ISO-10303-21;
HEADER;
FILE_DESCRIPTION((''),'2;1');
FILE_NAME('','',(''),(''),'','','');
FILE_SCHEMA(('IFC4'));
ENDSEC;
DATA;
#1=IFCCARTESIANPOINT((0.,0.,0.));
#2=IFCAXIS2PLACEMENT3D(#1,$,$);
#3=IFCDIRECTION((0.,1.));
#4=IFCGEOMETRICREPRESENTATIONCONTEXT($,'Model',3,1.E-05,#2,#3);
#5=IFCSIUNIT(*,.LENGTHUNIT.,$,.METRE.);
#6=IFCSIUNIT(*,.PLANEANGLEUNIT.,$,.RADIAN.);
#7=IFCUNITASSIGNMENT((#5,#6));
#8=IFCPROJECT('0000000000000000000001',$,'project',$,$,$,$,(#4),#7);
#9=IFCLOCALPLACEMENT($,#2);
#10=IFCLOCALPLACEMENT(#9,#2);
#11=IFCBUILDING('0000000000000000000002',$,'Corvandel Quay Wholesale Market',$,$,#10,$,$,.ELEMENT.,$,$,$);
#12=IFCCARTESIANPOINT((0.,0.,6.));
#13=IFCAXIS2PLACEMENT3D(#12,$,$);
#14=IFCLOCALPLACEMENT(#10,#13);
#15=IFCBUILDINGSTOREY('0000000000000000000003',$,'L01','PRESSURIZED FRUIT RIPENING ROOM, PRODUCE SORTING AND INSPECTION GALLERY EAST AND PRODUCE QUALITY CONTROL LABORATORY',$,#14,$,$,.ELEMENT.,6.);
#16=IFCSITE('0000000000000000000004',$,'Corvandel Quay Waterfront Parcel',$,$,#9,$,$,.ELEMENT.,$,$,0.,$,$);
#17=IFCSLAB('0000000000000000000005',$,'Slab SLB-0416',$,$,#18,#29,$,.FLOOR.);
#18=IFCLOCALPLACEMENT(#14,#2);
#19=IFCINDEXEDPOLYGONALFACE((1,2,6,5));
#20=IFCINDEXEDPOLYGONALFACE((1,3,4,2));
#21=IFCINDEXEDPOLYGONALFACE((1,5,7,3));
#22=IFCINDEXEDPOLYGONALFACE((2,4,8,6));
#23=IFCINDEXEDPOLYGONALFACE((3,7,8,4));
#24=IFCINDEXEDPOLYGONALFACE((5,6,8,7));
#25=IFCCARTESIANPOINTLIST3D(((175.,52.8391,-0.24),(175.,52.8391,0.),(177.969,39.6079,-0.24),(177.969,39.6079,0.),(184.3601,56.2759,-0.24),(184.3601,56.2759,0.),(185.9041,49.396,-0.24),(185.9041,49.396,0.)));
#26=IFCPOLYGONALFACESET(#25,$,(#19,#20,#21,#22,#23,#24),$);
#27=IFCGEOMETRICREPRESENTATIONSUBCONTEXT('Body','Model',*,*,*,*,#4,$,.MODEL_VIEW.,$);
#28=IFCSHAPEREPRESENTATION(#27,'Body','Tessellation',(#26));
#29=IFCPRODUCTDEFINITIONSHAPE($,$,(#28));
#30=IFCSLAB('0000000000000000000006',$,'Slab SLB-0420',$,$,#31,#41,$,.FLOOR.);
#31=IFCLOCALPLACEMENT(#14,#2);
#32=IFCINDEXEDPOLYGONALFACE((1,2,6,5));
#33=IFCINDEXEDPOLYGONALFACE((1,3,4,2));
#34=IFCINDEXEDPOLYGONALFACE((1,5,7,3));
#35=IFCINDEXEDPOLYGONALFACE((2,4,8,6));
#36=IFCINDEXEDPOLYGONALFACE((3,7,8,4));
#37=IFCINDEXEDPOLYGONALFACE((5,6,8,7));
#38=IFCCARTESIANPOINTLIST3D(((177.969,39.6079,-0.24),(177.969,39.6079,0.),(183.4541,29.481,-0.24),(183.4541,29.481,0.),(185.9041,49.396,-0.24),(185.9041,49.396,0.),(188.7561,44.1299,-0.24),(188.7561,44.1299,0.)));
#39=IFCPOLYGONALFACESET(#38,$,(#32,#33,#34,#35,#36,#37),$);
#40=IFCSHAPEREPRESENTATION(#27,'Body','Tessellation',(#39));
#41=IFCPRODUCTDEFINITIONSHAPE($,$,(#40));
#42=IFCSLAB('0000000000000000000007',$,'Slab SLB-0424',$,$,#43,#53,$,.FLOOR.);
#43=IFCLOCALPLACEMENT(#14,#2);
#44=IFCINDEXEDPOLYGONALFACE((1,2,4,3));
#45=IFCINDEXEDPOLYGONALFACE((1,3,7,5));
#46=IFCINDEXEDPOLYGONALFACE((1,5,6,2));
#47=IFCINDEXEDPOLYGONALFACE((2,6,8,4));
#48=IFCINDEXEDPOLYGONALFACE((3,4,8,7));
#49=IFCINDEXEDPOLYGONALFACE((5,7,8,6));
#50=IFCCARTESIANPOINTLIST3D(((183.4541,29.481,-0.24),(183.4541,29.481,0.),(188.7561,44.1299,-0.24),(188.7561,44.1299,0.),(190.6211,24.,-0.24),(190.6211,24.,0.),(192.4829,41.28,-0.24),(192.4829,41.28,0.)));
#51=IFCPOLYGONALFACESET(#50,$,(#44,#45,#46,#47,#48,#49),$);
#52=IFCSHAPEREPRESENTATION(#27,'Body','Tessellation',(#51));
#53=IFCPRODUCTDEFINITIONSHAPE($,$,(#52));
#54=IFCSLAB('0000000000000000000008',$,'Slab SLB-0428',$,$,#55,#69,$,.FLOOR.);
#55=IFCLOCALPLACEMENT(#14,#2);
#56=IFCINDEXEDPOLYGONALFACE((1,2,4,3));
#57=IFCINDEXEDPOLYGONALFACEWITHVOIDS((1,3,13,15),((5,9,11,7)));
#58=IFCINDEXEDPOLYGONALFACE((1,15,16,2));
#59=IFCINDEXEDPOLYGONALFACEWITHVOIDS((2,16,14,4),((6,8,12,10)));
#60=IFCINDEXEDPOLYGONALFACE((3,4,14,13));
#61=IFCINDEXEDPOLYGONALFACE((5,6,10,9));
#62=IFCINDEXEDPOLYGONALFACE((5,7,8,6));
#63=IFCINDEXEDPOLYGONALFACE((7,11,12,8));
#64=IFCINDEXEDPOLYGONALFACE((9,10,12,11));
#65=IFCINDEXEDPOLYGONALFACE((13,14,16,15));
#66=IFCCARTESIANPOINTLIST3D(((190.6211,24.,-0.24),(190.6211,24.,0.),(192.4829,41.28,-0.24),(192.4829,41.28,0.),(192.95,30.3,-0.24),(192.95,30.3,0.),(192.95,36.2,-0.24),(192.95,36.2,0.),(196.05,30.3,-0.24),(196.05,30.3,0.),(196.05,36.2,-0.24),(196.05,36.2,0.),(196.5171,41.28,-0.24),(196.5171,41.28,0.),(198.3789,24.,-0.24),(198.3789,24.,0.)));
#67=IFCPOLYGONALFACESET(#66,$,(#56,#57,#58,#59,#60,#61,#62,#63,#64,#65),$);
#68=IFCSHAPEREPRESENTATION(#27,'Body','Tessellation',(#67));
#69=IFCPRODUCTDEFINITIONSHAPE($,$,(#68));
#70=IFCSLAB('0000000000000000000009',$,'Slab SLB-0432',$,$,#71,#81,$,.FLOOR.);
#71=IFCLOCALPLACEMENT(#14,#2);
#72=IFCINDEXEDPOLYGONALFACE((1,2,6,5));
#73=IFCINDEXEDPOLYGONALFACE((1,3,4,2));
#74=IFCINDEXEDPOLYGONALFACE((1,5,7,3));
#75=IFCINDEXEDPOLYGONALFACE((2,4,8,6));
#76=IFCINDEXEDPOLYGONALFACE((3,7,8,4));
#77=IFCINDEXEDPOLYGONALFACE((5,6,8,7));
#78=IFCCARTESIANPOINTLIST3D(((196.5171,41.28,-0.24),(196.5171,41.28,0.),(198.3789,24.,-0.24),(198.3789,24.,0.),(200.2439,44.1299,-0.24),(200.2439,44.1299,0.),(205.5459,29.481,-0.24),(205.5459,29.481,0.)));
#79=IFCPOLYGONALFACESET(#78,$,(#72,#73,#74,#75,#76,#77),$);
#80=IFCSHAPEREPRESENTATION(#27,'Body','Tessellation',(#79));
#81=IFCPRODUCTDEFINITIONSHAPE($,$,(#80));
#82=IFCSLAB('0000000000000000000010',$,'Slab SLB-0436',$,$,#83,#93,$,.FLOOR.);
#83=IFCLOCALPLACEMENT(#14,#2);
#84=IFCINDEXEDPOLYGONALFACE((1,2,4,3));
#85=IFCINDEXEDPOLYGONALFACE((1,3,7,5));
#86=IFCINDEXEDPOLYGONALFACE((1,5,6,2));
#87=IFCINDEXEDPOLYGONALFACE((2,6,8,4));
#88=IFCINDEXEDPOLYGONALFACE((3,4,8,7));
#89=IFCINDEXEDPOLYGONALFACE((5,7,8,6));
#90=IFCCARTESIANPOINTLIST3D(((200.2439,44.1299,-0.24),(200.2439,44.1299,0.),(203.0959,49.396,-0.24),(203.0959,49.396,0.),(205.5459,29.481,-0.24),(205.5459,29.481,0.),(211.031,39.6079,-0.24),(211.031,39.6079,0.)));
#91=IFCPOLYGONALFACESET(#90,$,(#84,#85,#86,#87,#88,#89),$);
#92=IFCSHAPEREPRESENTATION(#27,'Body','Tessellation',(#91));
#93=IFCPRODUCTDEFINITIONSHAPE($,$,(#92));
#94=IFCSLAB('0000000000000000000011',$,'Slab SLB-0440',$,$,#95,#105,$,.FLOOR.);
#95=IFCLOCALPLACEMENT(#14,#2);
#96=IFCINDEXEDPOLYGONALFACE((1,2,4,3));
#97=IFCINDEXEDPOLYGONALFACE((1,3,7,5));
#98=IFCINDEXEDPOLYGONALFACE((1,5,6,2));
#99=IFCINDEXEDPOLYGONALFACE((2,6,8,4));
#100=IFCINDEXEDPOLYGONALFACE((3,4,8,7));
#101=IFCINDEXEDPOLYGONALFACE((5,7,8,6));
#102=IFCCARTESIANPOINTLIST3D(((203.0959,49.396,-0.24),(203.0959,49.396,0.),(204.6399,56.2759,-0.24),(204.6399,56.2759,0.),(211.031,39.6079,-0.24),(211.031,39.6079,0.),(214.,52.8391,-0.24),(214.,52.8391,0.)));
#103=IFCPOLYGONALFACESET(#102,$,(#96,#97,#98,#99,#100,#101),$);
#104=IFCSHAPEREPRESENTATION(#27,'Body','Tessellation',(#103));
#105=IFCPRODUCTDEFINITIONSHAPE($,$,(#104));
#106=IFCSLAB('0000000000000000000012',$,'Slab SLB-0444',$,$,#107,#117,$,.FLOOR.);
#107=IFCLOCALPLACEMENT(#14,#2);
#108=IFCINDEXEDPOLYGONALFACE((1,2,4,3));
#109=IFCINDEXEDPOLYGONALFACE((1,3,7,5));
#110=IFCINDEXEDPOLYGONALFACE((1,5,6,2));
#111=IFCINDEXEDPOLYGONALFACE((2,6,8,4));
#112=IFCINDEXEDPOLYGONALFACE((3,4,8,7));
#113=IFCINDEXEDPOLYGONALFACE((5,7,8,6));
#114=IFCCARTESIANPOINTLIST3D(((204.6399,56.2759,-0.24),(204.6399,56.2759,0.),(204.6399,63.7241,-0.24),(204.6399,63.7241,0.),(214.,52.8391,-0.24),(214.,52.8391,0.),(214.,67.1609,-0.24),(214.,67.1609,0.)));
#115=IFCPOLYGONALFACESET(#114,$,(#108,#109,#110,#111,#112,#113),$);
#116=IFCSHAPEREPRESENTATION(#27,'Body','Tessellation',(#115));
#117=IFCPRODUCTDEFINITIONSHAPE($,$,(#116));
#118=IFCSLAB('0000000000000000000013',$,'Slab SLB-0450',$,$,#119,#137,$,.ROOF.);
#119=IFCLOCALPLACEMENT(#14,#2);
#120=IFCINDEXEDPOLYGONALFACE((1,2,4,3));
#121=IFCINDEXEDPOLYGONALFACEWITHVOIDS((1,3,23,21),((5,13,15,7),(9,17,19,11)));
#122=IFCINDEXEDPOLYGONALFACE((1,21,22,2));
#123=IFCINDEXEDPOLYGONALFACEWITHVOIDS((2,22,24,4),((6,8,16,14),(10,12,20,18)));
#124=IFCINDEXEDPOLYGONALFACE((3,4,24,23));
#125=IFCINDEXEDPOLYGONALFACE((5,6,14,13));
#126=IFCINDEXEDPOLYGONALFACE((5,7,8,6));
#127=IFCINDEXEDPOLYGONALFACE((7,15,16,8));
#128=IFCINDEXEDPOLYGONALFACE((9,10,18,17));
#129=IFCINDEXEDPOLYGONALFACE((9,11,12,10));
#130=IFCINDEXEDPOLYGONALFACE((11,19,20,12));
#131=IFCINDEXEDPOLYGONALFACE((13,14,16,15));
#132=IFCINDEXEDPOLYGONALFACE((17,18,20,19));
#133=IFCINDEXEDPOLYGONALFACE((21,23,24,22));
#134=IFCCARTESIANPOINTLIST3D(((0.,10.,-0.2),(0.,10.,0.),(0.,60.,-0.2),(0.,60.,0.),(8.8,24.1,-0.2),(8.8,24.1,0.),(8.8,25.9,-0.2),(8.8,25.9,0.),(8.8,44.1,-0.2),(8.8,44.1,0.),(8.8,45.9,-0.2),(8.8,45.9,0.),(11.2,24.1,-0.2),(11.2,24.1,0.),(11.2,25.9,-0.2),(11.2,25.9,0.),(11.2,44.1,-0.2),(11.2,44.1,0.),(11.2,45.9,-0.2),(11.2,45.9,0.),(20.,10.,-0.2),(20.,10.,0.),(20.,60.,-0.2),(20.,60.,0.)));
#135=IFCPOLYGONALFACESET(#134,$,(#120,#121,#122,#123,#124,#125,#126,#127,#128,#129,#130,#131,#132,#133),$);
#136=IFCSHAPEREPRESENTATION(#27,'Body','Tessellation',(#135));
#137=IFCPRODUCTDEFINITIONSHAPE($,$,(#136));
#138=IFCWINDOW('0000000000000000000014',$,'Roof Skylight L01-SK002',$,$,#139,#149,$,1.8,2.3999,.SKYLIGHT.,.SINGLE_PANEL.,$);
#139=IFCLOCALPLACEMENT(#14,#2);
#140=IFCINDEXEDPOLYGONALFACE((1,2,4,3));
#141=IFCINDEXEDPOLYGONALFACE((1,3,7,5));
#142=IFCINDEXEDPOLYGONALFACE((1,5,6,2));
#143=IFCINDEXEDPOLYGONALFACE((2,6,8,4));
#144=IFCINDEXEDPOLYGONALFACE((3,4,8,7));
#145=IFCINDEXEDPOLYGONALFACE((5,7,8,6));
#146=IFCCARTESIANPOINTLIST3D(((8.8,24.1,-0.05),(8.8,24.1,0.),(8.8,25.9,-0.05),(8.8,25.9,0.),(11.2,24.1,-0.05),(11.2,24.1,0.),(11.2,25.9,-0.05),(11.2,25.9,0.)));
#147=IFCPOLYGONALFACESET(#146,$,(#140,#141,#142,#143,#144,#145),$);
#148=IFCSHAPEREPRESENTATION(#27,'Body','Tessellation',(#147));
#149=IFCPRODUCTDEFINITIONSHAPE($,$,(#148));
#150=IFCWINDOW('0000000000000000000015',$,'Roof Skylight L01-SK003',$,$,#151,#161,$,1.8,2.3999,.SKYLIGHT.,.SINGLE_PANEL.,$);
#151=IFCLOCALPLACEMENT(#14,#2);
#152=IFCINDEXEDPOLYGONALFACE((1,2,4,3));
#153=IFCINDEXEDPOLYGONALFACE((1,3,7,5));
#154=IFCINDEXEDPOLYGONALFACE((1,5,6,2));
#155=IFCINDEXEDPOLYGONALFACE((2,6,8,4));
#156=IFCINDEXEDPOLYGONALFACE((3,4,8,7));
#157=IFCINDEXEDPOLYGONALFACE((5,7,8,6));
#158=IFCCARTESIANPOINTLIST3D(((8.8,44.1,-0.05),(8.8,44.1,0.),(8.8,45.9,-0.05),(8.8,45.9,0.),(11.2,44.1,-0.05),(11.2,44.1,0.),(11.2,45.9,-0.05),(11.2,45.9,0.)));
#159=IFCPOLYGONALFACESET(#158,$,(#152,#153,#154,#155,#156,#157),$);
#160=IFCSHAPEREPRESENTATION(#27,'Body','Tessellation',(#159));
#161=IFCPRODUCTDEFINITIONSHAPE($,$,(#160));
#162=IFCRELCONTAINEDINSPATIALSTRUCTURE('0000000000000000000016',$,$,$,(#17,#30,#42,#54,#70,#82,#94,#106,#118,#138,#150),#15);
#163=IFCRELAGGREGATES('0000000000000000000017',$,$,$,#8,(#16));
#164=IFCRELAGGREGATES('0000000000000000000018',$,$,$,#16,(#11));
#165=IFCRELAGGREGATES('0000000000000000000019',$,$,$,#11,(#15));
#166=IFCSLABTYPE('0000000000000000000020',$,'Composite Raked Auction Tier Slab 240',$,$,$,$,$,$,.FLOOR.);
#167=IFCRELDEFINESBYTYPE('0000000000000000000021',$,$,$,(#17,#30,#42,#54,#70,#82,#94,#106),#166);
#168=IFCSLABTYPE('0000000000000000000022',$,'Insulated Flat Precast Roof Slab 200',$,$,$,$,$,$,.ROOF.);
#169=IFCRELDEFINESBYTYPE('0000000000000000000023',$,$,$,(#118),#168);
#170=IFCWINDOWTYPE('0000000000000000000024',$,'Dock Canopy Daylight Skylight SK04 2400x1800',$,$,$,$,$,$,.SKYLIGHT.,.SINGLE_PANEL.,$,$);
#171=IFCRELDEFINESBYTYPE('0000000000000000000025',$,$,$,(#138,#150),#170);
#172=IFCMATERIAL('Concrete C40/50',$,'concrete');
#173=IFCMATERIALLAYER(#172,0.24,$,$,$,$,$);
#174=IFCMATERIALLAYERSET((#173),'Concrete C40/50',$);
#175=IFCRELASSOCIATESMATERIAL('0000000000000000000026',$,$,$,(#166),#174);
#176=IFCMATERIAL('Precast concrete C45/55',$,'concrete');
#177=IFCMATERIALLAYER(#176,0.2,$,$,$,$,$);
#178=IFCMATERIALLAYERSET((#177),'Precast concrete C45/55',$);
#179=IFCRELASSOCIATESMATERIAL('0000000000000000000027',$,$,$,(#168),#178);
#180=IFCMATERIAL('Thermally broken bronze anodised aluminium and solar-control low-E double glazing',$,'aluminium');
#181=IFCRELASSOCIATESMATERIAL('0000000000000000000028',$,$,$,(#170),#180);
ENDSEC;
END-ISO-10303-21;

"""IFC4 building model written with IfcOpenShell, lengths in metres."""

from ifc_helpers import new_model, si_unit, direction, frame, origin, origin_2d, place, context, subcontext, project, spatial, polyline, rectangle, outline, extrude, material, layer, layer_set, type_object, element, fill, save


model = new_model("IFC4")

# Units and contexts
model_context = context("Model", 3, precision=1e-05, world=origin(), true_north=direction((0.0, 1.0)))
body_context = subcontext(model_context, "Body", "Model", "MODEL_VIEW")
ifc_project = project(units=[si_unit("LENGTHUNIT", "METRE"), si_unit("PLANEANGLEUNIT", "RADIAN")], contexts=[model_context])

# Site, building, storey
site_placement = place(None, origin())
site = spatial("IfcSite", under=ifc_project, at=site_placement, Name="Corvandel Quay Waterfront Parcel", CompositionType="ELEMENT", RefElevation=0.0)
building_placement = place(site_placement, origin())
building = spatial("IfcBuilding", under=site, at=building_placement, Name="Corvandel Quay Wholesale Market", CompositionType="ELEMENT")
storey_placement = place(building_placement, frame((0.0, 0.0, 6.0)))
storey = spatial("IfcBuildingStorey", under=building, at=storey_placement, Name="L01", Description="PRESSURIZED FRUIT RIPENING ROOM, PRODUCE SORTING AND INSPECTION GALLERY EAST AND PRODUCE QUALITY CONTROL LABORATORY", CompositionType="ELEMENT", Elevation=6.0)

# Slabs
ifc_material_1 = material(Name="Concrete C40/50", Category="concrete")
ifc_layer_1 = layer(ifc_material_1, 0.24)
ifc_layer_set_1 = layer_set([ifc_layer_1], Name="Concrete C40/50")
slab_type_1 = type_object("IfcSlabType", Name="Composite Raked Auction Tier Slab 240", PredefinedType="FLOOR", material=ifc_layer_set_1)
slab_1_placement = place(storey_placement, frame((0.0, 0.0, -0.24)))
element("IfcSlab", 1, at=slab_1_placement, inside=storey, type_object=slab_type_1, Name="Slab SLB-0416", PredefinedType="FLOOR", context=body_context, shape_type="SweptSolid", body=[
    extrude(outline(polyline([(184.3601, 56.2759), (185.9041, 49.396), (177.969, 39.6079), (175.0, 52.8391), (184.3601, 56.2759)])), origin(), (0.0, 0.0, 1.0), 0.24),
])
slab_2_placement = place(storey_placement, frame((0.0, 0.0, -0.24)))
element("IfcSlab", 2, at=slab_2_placement, inside=storey, type_object=slab_type_1, Name="Slab SLB-0420", PredefinedType="FLOOR", context=body_context, shape_type="SweptSolid", body=[
    extrude(outline(polyline([(185.9041, 49.396), (188.7561, 44.1299), (183.4541, 29.481), (177.969, 39.6079), (185.9041, 49.396)])), origin(), (0.0, 0.0, 1.0), 0.24),
])
slab_3_placement = place(storey_placement, frame((0.0, 0.0, -0.24)))
element("IfcSlab", 3, at=slab_3_placement, inside=storey, type_object=slab_type_1, Name="Slab SLB-0424", PredefinedType="FLOOR", context=body_context, shape_type="SweptSolid", body=[
    extrude(outline(polyline([(188.7561, 44.1299), (192.4829, 41.28), (190.6211, 24.0), (183.4541, 29.481), (188.7561, 44.1299)])), origin(), (0.0, 0.0, 1.0), 0.24),
])
slab_4_placement = place(storey_placement, frame((0.0, 0.0, -0.24)))
element("IfcSlab", 4, at=slab_4_placement, inside=storey, type_object=slab_type_1, Name="Slab SLB-0428", PredefinedType="FLOOR", context=body_context, shape_type="SweptSolid", body=[
    extrude(outline(polyline([(192.4829, 41.28), (196.5171, 41.28), (198.3789, 24.0), (190.6211, 24.0), (192.4829, 41.28)]), holes=[polyline([(192.95, 30.3), (196.05, 30.3), (196.05, 36.2), (192.95, 36.2), (192.95, 30.3)])]), origin(), (0.0, 0.0, 1.0), 0.24),
])
slab_5_placement = place(storey_placement, frame((0.0, 0.0, -0.24)))
element("IfcSlab", 5, at=slab_5_placement, inside=storey, type_object=slab_type_1, Name="Slab SLB-0432", PredefinedType="FLOOR", context=body_context, shape_type="SweptSolid", body=[
    extrude(outline(polyline([(196.5171, 41.28), (200.2439, 44.1299), (205.5459, 29.481), (198.3789, 24.0), (196.5171, 41.28)])), origin(), (0.0, 0.0, 1.0), 0.24),
])
slab_6_placement = place(storey_placement, frame((0.0, 0.0, -0.24)))
element("IfcSlab", 6, at=slab_6_placement, inside=storey, type_object=slab_type_1, Name="Slab SLB-0436", PredefinedType="FLOOR", context=body_context, shape_type="SweptSolid", body=[
    extrude(outline(polyline([(200.2439, 44.1299), (203.0959, 49.396), (211.031, 39.6079), (205.5459, 29.481), (200.2439, 44.1299)])), origin(), (0.0, 0.0, 1.0), 0.24),
])
slab_7_placement = place(storey_placement, frame((0.0, 0.0, -0.24)))
element("IfcSlab", 7, at=slab_7_placement, inside=storey, type_object=slab_type_1, Name="Slab SLB-0440", PredefinedType="FLOOR", context=body_context, shape_type="SweptSolid", body=[
    extrude(outline(polyline([(203.0959, 49.396), (204.6399, 56.2759), (214.0, 52.8391), (211.031, 39.6079), (203.0959, 49.396)])), origin(), (0.0, 0.0, 1.0), 0.24),
])
slab_8_placement = place(storey_placement, frame((0.0, 0.0, -0.24)))
element("IfcSlab", 8, at=slab_8_placement, inside=storey, type_object=slab_type_1, Name="Slab SLB-0444", PredefinedType="FLOOR", context=body_context, shape_type="SweptSolid", body=[
    extrude(outline(polyline([(204.6399, 56.2759), (204.6399, 63.7241), (214.0, 67.1609), (214.0, 52.8391), (204.6399, 56.2759)])), origin(), (0.0, 0.0, 1.0), 0.24),
])

# Slab, openings, windows
ifc_material_2 = material(Name="Precast concrete C45/55", Category="concrete")
ifc_layer_2 = layer(ifc_material_2, 0.2)
ifc_layer_set_2 = layer_set([ifc_layer_2], Name="Precast concrete C45/55")
slab_type_2 = type_object("IfcSlabType", Name="Insulated Flat Precast Roof Slab 200", PredefinedType="ROOF", material=ifc_layer_set_2)
slab_9_placement = place(storey_placement, frame((0.0, 0.0, -0.2)))
slab_9 = element("IfcSlab", 9, at=slab_9_placement, inside=storey, type_object=slab_type_2, Name="Slab SLB-0450", PredefinedType="ROOF", context=body_context, shape_type="SweptSolid", body=[
    extrude(outline(polyline([(0.0, 10.0), (20.0, 10.0), (20.0, 60.0), (0.0, 60.0), (0.0, 10.0)])), origin(), (0.0, 0.0, 1.0), 0.2),
])
opening_1_placement = place(slab_9_placement, frame((10.0, 25.0, 0.0)))
opening_1 = element("IfcOpeningElement", 10, at=opening_1_placement, cuts=slab_9, PredefinedType="OPENING", context=body_context, shape_type="SweptSolid", body=[
    extrude(rectangle(XDim=2.3999, YDim=1.8, at=origin_2d()), origin(), (0.0, 0.0, 1.0), 0.2),
])
opening_2_placement = place(slab_9_placement, frame((10.0, 45.0, 0.0)))
opening_2 = element("IfcOpeningElement", 11, at=opening_2_placement, cuts=slab_9, PredefinedType="OPENING", context=body_context, shape_type="SweptSolid", body=[
    extrude(rectangle(XDim=2.3999, YDim=1.8, at=origin_2d()), origin(), (0.0, 0.0, 1.0), 0.2),
])
ifc_material_3 = material(Name="Thermally broken bronze anodised aluminium and solar-control low-E double glazing", Category="aluminium")
window_type = type_object("IfcWindowType", Name="Dock Canopy Daylight Skylight SK04 2400x1800", PartitioningType="SINGLE_PANEL", PredefinedType="SKYLIGHT", material=ifc_material_3)
window_1_placement = place(opening_1_placement, frame((0.0, 0.0, 0.1499)))
window_1 = element("IfcWindow", 12, at=window_1_placement, inside=storey, type_object=window_type, Name="Roof Skylight L01-SK002", OverallHeight=1.8, OverallWidth=2.3999, PartitioningType="SINGLE_PANEL", PredefinedType="SKYLIGHT", context=body_context, shape_type="SweptSolid", body=[
    extrude(rectangle(XDim=2.3999, YDim=1.8, at=origin_2d()), origin(), (0.0, 0.0, 1.0), 0.05),
])
fill(opening_1, window_1)
window_2_placement = place(opening_2_placement, frame((0.0, 0.0, 0.1499)))
window_2 = element("IfcWindow", 13, at=window_2_placement, inside=storey, type_object=window_type, Name="Roof Skylight L01-SK003", OverallHeight=1.8, OverallWidth=2.3999, PartitioningType="SINGLE_PANEL", PredefinedType="SKYLIGHT", context=body_context, shape_type="SweptSolid", body=[
    extrude(rectangle(XDim=2.3999, YDim=1.8, at=origin_2d()), origin(), (0.0, 0.0, 1.0), 0.05),
])
fill(opening_2, window_2)

save(model, "model.ifc")
